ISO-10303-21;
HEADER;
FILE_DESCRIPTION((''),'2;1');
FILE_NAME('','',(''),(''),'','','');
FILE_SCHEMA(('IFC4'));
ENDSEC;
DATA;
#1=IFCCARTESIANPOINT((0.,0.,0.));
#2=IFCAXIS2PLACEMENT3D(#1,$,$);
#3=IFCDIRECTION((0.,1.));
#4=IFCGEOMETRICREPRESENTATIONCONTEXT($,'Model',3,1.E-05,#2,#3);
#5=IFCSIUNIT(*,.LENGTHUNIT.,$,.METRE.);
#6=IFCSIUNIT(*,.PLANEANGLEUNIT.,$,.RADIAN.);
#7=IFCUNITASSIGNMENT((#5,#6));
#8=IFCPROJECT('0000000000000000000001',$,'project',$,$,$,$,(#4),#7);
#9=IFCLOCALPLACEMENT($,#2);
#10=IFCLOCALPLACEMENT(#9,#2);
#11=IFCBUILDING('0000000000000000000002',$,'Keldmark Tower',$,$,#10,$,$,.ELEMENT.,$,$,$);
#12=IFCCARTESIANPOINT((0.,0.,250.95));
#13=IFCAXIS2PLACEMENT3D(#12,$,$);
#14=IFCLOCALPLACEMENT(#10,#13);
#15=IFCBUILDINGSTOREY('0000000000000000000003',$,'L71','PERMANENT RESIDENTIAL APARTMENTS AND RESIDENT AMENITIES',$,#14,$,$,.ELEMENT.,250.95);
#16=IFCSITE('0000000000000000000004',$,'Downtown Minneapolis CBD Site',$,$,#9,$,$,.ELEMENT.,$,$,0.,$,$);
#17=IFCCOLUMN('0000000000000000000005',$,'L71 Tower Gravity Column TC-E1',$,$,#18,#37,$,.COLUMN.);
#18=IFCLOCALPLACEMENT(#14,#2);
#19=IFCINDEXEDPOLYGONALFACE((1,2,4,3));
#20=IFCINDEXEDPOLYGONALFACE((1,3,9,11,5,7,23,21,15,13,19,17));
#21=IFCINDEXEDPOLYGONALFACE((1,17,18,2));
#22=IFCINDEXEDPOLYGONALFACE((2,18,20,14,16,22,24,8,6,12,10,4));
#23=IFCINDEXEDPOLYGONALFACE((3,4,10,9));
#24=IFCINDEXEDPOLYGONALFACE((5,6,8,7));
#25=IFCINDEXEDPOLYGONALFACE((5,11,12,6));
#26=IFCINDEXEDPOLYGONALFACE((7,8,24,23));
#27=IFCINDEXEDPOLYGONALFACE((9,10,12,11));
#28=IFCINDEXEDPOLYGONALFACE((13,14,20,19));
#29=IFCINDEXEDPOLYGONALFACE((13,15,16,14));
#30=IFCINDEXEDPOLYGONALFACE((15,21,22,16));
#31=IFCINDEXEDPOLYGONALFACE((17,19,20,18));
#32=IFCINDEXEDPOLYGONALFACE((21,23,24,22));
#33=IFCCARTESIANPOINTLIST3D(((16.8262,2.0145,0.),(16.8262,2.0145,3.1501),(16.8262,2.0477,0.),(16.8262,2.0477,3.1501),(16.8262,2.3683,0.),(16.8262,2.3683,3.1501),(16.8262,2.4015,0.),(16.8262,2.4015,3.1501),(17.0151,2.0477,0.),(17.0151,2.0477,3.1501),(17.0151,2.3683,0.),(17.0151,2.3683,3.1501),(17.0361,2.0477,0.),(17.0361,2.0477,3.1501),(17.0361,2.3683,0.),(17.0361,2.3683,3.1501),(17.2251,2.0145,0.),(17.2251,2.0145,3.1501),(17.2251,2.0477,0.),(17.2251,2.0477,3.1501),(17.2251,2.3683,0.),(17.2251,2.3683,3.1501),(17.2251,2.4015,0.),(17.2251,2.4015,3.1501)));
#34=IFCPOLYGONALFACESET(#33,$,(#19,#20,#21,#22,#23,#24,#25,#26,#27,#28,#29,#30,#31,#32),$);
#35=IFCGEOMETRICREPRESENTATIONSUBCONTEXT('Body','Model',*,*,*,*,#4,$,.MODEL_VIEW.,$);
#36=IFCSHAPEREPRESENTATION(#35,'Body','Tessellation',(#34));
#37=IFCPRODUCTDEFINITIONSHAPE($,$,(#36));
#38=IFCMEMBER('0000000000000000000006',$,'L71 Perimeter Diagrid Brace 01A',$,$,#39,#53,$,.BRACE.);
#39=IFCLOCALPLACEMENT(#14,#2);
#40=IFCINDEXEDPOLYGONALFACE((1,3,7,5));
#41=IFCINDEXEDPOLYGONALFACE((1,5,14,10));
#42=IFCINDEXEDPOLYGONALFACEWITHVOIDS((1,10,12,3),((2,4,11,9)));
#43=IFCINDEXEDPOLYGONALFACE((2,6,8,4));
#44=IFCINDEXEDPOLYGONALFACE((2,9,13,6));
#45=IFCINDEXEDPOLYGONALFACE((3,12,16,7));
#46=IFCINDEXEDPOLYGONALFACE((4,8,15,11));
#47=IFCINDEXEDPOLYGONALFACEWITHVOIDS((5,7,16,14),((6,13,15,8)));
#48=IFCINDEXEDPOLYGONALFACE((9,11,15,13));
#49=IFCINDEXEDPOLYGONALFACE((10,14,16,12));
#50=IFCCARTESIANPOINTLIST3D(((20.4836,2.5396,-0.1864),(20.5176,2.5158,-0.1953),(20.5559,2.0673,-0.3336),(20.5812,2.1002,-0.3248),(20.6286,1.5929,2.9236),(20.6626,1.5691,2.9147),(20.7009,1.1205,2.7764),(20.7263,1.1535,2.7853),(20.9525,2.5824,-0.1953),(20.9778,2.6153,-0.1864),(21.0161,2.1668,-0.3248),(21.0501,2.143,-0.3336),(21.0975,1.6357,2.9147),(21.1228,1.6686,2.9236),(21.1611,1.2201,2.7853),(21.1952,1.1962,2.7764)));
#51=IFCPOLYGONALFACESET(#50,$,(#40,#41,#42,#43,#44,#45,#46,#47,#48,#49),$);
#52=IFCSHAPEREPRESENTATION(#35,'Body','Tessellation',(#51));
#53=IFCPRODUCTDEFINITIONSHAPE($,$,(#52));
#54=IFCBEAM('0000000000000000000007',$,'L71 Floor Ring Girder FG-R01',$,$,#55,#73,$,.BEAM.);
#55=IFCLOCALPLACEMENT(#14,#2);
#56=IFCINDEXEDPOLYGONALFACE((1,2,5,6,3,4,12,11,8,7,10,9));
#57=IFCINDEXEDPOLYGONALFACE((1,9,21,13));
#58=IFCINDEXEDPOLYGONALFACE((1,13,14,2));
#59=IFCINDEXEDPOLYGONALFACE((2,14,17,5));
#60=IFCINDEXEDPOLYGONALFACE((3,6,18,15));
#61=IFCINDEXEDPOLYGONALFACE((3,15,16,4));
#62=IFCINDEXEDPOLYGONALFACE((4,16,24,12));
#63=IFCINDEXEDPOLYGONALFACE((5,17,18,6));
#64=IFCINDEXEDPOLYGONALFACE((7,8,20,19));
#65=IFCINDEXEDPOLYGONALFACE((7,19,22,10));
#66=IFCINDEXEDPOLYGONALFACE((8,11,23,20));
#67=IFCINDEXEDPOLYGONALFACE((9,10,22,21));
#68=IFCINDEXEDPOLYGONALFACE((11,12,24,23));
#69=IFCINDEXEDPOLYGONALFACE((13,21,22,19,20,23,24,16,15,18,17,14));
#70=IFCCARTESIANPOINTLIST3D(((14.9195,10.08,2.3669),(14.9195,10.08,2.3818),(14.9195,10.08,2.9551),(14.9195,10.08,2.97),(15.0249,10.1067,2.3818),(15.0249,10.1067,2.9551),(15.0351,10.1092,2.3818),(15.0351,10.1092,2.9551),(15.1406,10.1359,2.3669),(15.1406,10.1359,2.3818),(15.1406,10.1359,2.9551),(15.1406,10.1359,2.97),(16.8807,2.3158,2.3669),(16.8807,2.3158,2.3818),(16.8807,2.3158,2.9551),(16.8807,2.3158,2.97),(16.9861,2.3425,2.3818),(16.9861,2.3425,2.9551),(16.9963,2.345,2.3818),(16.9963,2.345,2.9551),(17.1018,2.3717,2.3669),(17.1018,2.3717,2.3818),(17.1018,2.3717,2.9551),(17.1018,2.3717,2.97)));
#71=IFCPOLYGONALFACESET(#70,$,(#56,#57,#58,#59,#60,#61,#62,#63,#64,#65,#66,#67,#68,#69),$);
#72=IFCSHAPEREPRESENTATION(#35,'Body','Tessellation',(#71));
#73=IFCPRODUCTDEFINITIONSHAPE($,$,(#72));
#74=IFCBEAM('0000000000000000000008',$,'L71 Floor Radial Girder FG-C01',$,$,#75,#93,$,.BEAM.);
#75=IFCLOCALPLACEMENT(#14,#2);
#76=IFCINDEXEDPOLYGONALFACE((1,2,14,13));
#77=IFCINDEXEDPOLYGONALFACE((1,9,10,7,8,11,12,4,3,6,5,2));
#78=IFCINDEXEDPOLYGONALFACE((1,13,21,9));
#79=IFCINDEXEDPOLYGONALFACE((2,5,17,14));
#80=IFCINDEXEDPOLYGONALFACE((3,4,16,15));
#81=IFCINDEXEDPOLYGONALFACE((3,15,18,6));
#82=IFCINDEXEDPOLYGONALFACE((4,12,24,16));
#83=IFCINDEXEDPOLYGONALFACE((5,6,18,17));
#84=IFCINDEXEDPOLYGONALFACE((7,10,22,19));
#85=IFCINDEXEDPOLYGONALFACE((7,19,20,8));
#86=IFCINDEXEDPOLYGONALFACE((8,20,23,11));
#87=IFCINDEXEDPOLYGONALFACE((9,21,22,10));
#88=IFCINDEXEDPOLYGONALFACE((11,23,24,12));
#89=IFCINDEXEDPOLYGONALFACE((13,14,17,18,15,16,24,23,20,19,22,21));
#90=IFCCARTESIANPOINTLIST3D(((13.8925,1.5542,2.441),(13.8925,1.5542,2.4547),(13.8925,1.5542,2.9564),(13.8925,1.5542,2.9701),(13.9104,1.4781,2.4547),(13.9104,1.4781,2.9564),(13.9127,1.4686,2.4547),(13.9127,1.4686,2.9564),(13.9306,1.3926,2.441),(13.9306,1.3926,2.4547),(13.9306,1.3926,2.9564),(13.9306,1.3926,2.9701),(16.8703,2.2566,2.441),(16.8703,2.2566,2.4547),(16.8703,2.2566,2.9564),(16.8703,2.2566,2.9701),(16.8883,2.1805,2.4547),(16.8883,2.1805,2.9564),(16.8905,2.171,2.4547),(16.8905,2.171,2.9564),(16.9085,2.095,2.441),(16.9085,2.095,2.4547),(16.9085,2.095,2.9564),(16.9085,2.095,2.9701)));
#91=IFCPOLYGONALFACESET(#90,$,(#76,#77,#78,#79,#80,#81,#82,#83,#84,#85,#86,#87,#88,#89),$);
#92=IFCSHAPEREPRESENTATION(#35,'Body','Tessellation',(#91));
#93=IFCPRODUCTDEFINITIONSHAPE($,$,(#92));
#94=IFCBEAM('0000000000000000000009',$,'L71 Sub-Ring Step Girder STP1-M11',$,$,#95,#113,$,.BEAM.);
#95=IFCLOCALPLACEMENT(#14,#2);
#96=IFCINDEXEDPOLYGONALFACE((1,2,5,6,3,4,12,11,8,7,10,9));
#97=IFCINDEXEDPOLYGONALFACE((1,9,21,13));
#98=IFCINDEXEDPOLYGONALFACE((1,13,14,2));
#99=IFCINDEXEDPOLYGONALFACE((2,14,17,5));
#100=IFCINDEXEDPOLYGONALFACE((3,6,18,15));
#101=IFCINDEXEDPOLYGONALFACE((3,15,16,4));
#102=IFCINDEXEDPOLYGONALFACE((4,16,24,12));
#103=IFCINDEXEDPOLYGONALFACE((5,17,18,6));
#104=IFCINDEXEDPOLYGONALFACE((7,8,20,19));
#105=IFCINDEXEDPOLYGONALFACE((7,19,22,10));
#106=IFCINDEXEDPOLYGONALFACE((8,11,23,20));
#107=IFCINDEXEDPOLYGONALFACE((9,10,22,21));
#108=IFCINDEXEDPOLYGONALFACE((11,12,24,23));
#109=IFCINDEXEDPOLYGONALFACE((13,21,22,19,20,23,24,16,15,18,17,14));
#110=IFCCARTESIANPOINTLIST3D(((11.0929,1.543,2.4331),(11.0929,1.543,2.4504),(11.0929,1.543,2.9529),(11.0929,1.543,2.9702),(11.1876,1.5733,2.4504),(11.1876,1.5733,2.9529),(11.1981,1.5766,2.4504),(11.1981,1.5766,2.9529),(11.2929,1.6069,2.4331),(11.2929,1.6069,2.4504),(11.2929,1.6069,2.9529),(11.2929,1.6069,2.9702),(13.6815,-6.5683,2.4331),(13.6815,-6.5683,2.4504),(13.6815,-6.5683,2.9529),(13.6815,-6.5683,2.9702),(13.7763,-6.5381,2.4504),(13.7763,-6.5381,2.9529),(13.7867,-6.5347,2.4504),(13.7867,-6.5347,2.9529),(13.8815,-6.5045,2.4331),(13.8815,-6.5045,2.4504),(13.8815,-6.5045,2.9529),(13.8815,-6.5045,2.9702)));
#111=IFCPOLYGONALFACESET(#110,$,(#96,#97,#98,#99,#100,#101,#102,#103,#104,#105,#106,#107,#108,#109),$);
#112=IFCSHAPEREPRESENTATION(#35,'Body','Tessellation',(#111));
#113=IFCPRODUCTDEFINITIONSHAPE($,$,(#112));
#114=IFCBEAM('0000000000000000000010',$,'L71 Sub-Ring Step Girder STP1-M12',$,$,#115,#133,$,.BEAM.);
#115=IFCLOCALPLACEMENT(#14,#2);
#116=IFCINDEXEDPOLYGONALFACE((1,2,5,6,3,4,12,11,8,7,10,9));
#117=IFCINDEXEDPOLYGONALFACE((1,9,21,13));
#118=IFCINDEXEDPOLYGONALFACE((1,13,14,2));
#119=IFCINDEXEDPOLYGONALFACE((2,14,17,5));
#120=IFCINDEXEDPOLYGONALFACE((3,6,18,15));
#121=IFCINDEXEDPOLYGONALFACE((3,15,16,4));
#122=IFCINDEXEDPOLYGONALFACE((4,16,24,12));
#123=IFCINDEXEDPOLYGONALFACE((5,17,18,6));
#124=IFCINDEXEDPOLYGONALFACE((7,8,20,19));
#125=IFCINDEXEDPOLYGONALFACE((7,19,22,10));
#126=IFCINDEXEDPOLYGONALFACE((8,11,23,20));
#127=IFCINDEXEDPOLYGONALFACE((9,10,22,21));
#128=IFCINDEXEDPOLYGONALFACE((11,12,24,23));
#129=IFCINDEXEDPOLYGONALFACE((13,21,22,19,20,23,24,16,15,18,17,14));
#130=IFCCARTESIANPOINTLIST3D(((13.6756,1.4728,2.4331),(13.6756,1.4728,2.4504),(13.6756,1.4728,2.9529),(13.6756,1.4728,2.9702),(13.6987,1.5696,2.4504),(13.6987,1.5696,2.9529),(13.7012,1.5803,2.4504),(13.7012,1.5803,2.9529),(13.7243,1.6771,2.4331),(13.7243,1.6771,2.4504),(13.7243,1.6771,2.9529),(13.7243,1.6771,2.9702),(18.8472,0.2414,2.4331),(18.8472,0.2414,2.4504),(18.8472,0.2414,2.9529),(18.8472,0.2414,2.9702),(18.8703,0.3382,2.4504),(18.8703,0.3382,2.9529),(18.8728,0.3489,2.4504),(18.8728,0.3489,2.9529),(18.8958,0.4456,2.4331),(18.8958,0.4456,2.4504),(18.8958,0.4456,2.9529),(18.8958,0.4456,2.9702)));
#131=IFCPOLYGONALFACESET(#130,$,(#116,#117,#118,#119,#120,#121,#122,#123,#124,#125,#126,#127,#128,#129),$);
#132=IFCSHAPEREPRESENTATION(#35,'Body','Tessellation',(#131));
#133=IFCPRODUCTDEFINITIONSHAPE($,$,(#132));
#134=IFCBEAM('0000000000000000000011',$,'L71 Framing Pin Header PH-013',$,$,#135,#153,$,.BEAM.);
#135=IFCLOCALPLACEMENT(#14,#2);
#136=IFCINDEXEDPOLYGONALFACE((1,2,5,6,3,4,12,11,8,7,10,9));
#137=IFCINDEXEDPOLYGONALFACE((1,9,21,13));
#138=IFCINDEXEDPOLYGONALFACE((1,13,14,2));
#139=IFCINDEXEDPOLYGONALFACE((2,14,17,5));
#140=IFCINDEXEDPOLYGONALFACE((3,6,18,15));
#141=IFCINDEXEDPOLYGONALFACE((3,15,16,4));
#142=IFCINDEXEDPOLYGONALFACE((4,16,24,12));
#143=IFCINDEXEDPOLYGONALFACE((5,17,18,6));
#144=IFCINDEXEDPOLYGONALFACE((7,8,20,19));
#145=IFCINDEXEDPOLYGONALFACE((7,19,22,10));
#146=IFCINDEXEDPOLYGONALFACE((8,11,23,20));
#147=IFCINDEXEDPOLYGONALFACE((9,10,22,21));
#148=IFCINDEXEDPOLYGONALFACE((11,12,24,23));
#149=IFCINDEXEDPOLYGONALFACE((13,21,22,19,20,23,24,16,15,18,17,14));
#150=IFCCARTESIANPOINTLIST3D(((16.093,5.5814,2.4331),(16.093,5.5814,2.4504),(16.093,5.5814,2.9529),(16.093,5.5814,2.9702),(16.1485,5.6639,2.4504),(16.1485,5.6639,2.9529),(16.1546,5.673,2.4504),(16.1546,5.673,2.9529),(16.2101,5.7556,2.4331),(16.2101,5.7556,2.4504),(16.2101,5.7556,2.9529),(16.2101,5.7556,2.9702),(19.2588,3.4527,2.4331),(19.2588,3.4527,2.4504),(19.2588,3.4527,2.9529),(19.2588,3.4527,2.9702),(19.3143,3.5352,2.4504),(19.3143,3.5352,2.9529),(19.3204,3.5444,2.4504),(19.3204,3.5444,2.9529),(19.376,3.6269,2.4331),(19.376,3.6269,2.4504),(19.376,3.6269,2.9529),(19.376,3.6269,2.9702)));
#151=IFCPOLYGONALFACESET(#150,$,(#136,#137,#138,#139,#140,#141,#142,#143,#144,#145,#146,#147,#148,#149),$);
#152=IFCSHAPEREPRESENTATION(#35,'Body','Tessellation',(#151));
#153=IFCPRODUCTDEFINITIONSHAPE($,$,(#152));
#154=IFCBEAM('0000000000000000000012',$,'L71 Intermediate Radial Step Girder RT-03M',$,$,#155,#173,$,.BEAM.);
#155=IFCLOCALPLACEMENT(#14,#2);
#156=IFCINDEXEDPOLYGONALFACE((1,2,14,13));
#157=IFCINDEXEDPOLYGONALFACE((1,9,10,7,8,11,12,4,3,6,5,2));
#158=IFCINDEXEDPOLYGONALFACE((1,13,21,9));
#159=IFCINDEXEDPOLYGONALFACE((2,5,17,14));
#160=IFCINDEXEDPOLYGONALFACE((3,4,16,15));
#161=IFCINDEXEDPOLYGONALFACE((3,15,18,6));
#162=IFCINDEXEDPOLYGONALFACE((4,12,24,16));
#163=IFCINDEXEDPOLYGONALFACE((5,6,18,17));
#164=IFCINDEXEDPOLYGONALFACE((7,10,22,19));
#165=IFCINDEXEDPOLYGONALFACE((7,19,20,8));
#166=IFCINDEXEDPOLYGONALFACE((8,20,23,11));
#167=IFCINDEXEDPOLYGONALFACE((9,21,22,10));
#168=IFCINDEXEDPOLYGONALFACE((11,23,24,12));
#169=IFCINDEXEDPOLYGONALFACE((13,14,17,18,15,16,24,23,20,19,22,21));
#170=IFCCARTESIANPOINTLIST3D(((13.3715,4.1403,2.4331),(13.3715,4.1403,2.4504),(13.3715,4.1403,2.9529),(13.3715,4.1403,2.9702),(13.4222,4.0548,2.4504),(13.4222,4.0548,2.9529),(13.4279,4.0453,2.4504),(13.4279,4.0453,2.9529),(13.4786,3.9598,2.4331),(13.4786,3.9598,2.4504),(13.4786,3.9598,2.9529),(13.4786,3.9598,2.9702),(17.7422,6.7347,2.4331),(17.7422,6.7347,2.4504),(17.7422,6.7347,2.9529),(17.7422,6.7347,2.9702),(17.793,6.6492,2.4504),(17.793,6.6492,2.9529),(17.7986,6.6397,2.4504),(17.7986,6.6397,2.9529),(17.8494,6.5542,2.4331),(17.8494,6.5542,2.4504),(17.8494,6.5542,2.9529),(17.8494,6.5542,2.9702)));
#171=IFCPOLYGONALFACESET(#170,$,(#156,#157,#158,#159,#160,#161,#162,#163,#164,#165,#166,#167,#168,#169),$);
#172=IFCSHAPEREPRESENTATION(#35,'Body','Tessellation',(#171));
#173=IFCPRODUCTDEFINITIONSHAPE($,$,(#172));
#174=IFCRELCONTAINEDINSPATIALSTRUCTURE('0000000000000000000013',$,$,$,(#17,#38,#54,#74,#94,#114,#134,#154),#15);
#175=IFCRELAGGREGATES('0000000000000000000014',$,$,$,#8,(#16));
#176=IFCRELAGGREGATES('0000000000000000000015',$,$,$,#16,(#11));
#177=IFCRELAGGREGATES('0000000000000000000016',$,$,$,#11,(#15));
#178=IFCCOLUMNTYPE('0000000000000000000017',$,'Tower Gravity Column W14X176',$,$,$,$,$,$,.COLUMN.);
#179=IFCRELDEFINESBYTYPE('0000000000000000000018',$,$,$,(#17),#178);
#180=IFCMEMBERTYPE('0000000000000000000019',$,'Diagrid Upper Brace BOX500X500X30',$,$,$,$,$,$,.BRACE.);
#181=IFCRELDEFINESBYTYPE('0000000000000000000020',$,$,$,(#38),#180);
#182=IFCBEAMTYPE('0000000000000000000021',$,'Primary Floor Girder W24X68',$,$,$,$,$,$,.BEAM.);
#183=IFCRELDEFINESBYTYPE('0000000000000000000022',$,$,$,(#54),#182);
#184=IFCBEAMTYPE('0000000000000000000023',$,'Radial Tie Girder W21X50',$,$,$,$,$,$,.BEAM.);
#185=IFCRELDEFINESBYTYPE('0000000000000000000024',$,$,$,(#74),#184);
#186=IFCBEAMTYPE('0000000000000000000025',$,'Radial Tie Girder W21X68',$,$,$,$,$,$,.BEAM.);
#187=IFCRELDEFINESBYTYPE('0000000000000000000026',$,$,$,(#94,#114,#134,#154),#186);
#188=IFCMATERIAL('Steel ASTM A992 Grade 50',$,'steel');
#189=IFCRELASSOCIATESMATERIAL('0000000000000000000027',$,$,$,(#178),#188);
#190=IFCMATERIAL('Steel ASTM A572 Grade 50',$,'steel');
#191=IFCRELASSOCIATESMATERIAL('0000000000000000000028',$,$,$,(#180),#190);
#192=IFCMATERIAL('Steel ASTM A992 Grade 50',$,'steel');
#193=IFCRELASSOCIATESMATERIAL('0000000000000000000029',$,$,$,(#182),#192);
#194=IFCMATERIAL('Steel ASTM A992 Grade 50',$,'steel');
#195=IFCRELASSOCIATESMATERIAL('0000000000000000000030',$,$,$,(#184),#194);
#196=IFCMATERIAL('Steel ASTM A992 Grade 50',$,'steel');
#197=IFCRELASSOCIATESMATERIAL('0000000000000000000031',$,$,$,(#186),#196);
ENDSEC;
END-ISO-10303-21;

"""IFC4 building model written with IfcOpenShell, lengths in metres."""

from ifc_helpers import new_model, si_unit, direction, frame, origin, origin_2d, place, context, subcontext, project, spatial, hollow_rectangle, i_section, extrude, material, material_profile, profile_set, type_object, element, save


model = new_model("IFC4")

# Units and contexts
model_context = context("Model", 3, precision=1e-05, world=origin(), true_north=direction((0.0, 1.0)))
body_context = subcontext(model_context, "Body", "Model", "MODEL_VIEW")
ifc_project = project(units=[si_unit("LENGTHUNIT", "METRE"), si_unit("PLANEANGLEUNIT", "RADIAN")], contexts=[model_context])

# Site, building, storey
site_placement = place(None, origin())
site = spatial("IfcSite", under=ifc_project, at=site_placement, Name="Downtown Minneapolis CBD Site", CompositionType="ELEMENT", RefElevation=0.0)
building_placement = place(site_placement, origin())
building = spatial("IfcBuilding", under=site, at=building_placement, Name="Keldmark Tower", CompositionType="ELEMENT")
storey_placement = place(building_placement, frame((0.0, 0.0, 250.95)))
storey = spatial("IfcBuildingStorey", under=building, at=storey_placement, Name="L71", Description="PERMANENT RESIDENTIAL APARTMENTS AND RESIDENT AMENITIES", CompositionType="ELEMENT", Elevation=250.95)

# Column
ifc_material_1 = material(Name="Steel ASTM A992 Grade 50", Category="steel")
ifc_material_profile_1 = material_profile(ifc_material_1, i_section(OverallWidth=0.3989, OverallDepth=0.387, WebThickness=0.021, FlangeThickness=0.0332, at=origin_2d()), Name="W14X176")
ifc_profile_set_1 = profile_set([ifc_material_profile_1], Name="Steel ASTM A992 Grade 50")
column_type = type_object("IfcColumnType", Name="Tower Gravity Column W14X176", PredefinedType="COLUMN", material=ifc_profile_set_1)
column_placement = place(storey_placement, frame((17.0256, 2.208, 0.0), z_axis=(0.0, 0.0, 1.0), x_axis=(1.0, 0.0, 0.0)))
element("IfcColumn", 1, at=column_placement, inside=storey, type_object=column_type, Name="L71 Tower Gravity Column TC-E1", PredefinedType="COLUMN", context=body_context, shape_type="SweptSolid", body=[
    extrude(i_section(OverallWidth=0.3989, OverallDepth=0.387, WebThickness=0.021, FlangeThickness=0.0332, at=origin_2d()), origin(), (0.0, 0.0, 1.0), 3.1501),
])

# Member
ifc_material_2 = material(Name="Steel ASTM A572 Grade 50", Category="steel")
ifc_material_profile_2 = material_profile(ifc_material_2, hollow_rectangle(XDim=0.5, YDim=0.5, WallThickness=0.03, at=origin_2d()), Name="BOX500X500X30")
ifc_profile_set_2 = profile_set([ifc_material_profile_2], Name="Steel ASTM A572 Grade 50")
member_type = type_object("IfcMemberType", Name="Diagrid Upper Brace BOX500X500X30", PredefinedType="BRACE", material=ifc_profile_set_2)
member_placement = place(storey_placement, frame((20.7668, 2.3413, -0.26), z_axis=(0.044563, -0.290935, 0.955704), x_axis=(0.988472, 0.151406, 0.0)))
element("IfcMember", 2, at=member_placement, inside=storey, type_object=member_type, Name="L71 Perimeter Diagrid Brace 01A", PredefinedType="BRACE", context=body_context, shape_type="SweptSolid", body=[
    extrude(hollow_rectangle(XDim=0.5, YDim=0.5, WallThickness=0.03, at=origin_2d()), origin(), (0.0, 0.0, 1.0), 3.2542),
])

# Beams
ifc_material_3 = material(Name="Steel ASTM A992 Grade 50", Category="steel")
ifc_material_profile_3 = material_profile(ifc_material_3, i_section(OverallWidth=0.228, OverallDepth=0.603, WebThickness=0.0105, FlangeThickness=0.0149, at=origin_2d()), Name="W24X68")
ifc_profile_set_3 = profile_set([ifc_material_profile_3], Name="Steel ASTM A992 Grade 50")
beam_type_1 = type_object("IfcBeamType", Name="Primary Floor Girder W24X68", PredefinedType="BEAM", material=ifc_profile_set_3)
beam_1_placement = place(storey_placement, frame((16.9912, 2.3438, 2.6685), z_axis=(-0.244902, 0.969548, 0.0), x_axis=(-0.969548, -0.244902, 0.0)))
element("IfcBeam", 3, at=beam_1_placement, inside=storey, type_object=beam_type_1, Name="L71 Floor Ring Girder FG-R01", PredefinedType="BEAM", context=body_context, shape_type="SweptSolid", body=[
    extrude(i_section(OverallWidth=0.228, OverallDepth=0.603, WebThickness=0.0105, FlangeThickness=0.0149, at=origin_2d()), origin(), (0.0, 0.0, 1.0), 8.0081),
])
ifc_material_4 = material(Name="Steel ASTM A992 Grade 50", Category="steel")
ifc_material_profile_4 = material_profile(ifc_material_4, i_section(OverallWidth=0.166, OverallDepth=0.5291, WebThickness=0.0098, FlangeThickness=0.0137, at=origin_2d()), Name="W21X50")
ifc_profile_set_4 = profile_set([ifc_material_profile_4], Name="Steel ASTM A992 Grade 50")
beam_type_2 = type_object("IfcBeamType", Name="Radial Tie Girder W21X50", PredefinedType="BEAM", material=ifc_profile_set_4)
beam_2_placement = place(storey_placement, frame((16.8894, 2.1758, 2.7056), z_axis=(-0.97329, -0.229577, 0.0), x_axis=(0.229577, -0.97329, 0.0)))
element("IfcBeam", 4, at=beam_2_placement, inside=storey, type_object=beam_type_2, Name="L71 Floor Radial Girder FG-C01", PredefinedType="BEAM", context=body_context, shape_type="SweptSolid", body=[
    extrude(i_section(OverallWidth=0.166, OverallDepth=0.5291, WebThickness=0.0098, FlangeThickness=0.0137, at=origin_2d()), origin(), (0.0, 0.0, 1.0), 3.0596),
])
ifc_material_5 = material(Name="Steel ASTM A992 Grade 50", Category="steel")
ifc_material_profile_5 = material_profile(ifc_material_5, i_section(OverallWidth=0.21, OverallDepth=0.5371, WebThickness=0.011, FlangeThickness=0.0173, at=origin_2d()), Name="W21X68")
ifc_profile_set_5 = profile_set([ifc_material_profile_5], Name="Steel ASTM A992 Grade 50")
beam_type_3 = type_object("IfcBeamType", Name="Radial Tie Girder W21X68", PredefinedType="BEAM", material=ifc_profile_set_5)
beam_3_placement = place(storey_placement, frame((11.1929, 1.575, 2.7017), z_axis=(0.30403, -0.952663, 0.0), x_axis=(0.952663, 0.30403, 0.0)))
element("IfcBeam", 5, at=beam_3_placement, inside=storey, type_object=beam_type_3, Name="L71 Sub-Ring Step Girder STP1-M11", PredefinedType="BEAM", context=body_context, shape_type="SweptSolid", body=[
    extrude(i_section(OverallWidth=0.21, OverallDepth=0.5371, WebThickness=0.011, FlangeThickness=0.0173, at=origin_2d()), origin(), (0.0, 0.0, 1.0), 8.5144),
])
beam_4_placement = place(storey_placement, frame((13.7, 1.575, 2.7017), z_axis=(0.972802, -0.231639, 0.0), x_axis=(0.231639, 0.972802, 0.0)))
element("IfcBeam", 6, at=beam_4_placement, inside=storey, type_object=beam_type_3, Name="L71 Sub-Ring Step Girder STP1-M12", PredefinedType="BEAM", context=body_context, shape_type="SweptSolid", body=[
    extrude(i_section(OverallWidth=0.21, OverallDepth=0.5371, WebThickness=0.011, FlangeThickness=0.0173, at=origin_2d()), origin(), (0.0, 0.0, 1.0), 5.3162),
])
beam_5_placement = place(storey_placement, frame((19.3174, 3.5398, 2.7017), z_axis=(-0.829848, 0.557989, 0.0), x_axis=(-0.557989, -0.829848, 0.0)))
element("IfcBeam", 7, at=beam_5_placement, inside=storey, type_object=beam_type_3, Name="L71 Framing Pin Header PH-013", PredefinedType="BEAM", context=body_context, shape_type="SweptSolid", body=[
    extrude(i_section(OverallWidth=0.21, OverallDepth=0.5371, WebThickness=0.011, FlangeThickness=0.0173, at=origin_2d()), origin(), (0.0, 0.0, 1.0), 3.8149),
])
beam_6_placement = place(storey_placement, frame((13.425, 4.05, 2.7017), z_axis=(0.859916, 0.510436, 0.0), x_axis=(-0.510436, 0.859916, 0.0)))
element("IfcBeam", 8, at=beam_6_placement, inside=storey, type_object=beam_type_3, Name="L71 Intermediate Radial Step Girder RT-03M", PredefinedType="BEAM", context=body_context, shape_type="SweptSolid", body=[
    extrude(i_section(OverallWidth=0.21, OverallDepth=0.5371, WebThickness=0.011, FlangeThickness=0.0173, at=origin_2d()), origin(), (0.0, 0.0, 1.0), 5.0828),
])

save(model, "model.ifc")
